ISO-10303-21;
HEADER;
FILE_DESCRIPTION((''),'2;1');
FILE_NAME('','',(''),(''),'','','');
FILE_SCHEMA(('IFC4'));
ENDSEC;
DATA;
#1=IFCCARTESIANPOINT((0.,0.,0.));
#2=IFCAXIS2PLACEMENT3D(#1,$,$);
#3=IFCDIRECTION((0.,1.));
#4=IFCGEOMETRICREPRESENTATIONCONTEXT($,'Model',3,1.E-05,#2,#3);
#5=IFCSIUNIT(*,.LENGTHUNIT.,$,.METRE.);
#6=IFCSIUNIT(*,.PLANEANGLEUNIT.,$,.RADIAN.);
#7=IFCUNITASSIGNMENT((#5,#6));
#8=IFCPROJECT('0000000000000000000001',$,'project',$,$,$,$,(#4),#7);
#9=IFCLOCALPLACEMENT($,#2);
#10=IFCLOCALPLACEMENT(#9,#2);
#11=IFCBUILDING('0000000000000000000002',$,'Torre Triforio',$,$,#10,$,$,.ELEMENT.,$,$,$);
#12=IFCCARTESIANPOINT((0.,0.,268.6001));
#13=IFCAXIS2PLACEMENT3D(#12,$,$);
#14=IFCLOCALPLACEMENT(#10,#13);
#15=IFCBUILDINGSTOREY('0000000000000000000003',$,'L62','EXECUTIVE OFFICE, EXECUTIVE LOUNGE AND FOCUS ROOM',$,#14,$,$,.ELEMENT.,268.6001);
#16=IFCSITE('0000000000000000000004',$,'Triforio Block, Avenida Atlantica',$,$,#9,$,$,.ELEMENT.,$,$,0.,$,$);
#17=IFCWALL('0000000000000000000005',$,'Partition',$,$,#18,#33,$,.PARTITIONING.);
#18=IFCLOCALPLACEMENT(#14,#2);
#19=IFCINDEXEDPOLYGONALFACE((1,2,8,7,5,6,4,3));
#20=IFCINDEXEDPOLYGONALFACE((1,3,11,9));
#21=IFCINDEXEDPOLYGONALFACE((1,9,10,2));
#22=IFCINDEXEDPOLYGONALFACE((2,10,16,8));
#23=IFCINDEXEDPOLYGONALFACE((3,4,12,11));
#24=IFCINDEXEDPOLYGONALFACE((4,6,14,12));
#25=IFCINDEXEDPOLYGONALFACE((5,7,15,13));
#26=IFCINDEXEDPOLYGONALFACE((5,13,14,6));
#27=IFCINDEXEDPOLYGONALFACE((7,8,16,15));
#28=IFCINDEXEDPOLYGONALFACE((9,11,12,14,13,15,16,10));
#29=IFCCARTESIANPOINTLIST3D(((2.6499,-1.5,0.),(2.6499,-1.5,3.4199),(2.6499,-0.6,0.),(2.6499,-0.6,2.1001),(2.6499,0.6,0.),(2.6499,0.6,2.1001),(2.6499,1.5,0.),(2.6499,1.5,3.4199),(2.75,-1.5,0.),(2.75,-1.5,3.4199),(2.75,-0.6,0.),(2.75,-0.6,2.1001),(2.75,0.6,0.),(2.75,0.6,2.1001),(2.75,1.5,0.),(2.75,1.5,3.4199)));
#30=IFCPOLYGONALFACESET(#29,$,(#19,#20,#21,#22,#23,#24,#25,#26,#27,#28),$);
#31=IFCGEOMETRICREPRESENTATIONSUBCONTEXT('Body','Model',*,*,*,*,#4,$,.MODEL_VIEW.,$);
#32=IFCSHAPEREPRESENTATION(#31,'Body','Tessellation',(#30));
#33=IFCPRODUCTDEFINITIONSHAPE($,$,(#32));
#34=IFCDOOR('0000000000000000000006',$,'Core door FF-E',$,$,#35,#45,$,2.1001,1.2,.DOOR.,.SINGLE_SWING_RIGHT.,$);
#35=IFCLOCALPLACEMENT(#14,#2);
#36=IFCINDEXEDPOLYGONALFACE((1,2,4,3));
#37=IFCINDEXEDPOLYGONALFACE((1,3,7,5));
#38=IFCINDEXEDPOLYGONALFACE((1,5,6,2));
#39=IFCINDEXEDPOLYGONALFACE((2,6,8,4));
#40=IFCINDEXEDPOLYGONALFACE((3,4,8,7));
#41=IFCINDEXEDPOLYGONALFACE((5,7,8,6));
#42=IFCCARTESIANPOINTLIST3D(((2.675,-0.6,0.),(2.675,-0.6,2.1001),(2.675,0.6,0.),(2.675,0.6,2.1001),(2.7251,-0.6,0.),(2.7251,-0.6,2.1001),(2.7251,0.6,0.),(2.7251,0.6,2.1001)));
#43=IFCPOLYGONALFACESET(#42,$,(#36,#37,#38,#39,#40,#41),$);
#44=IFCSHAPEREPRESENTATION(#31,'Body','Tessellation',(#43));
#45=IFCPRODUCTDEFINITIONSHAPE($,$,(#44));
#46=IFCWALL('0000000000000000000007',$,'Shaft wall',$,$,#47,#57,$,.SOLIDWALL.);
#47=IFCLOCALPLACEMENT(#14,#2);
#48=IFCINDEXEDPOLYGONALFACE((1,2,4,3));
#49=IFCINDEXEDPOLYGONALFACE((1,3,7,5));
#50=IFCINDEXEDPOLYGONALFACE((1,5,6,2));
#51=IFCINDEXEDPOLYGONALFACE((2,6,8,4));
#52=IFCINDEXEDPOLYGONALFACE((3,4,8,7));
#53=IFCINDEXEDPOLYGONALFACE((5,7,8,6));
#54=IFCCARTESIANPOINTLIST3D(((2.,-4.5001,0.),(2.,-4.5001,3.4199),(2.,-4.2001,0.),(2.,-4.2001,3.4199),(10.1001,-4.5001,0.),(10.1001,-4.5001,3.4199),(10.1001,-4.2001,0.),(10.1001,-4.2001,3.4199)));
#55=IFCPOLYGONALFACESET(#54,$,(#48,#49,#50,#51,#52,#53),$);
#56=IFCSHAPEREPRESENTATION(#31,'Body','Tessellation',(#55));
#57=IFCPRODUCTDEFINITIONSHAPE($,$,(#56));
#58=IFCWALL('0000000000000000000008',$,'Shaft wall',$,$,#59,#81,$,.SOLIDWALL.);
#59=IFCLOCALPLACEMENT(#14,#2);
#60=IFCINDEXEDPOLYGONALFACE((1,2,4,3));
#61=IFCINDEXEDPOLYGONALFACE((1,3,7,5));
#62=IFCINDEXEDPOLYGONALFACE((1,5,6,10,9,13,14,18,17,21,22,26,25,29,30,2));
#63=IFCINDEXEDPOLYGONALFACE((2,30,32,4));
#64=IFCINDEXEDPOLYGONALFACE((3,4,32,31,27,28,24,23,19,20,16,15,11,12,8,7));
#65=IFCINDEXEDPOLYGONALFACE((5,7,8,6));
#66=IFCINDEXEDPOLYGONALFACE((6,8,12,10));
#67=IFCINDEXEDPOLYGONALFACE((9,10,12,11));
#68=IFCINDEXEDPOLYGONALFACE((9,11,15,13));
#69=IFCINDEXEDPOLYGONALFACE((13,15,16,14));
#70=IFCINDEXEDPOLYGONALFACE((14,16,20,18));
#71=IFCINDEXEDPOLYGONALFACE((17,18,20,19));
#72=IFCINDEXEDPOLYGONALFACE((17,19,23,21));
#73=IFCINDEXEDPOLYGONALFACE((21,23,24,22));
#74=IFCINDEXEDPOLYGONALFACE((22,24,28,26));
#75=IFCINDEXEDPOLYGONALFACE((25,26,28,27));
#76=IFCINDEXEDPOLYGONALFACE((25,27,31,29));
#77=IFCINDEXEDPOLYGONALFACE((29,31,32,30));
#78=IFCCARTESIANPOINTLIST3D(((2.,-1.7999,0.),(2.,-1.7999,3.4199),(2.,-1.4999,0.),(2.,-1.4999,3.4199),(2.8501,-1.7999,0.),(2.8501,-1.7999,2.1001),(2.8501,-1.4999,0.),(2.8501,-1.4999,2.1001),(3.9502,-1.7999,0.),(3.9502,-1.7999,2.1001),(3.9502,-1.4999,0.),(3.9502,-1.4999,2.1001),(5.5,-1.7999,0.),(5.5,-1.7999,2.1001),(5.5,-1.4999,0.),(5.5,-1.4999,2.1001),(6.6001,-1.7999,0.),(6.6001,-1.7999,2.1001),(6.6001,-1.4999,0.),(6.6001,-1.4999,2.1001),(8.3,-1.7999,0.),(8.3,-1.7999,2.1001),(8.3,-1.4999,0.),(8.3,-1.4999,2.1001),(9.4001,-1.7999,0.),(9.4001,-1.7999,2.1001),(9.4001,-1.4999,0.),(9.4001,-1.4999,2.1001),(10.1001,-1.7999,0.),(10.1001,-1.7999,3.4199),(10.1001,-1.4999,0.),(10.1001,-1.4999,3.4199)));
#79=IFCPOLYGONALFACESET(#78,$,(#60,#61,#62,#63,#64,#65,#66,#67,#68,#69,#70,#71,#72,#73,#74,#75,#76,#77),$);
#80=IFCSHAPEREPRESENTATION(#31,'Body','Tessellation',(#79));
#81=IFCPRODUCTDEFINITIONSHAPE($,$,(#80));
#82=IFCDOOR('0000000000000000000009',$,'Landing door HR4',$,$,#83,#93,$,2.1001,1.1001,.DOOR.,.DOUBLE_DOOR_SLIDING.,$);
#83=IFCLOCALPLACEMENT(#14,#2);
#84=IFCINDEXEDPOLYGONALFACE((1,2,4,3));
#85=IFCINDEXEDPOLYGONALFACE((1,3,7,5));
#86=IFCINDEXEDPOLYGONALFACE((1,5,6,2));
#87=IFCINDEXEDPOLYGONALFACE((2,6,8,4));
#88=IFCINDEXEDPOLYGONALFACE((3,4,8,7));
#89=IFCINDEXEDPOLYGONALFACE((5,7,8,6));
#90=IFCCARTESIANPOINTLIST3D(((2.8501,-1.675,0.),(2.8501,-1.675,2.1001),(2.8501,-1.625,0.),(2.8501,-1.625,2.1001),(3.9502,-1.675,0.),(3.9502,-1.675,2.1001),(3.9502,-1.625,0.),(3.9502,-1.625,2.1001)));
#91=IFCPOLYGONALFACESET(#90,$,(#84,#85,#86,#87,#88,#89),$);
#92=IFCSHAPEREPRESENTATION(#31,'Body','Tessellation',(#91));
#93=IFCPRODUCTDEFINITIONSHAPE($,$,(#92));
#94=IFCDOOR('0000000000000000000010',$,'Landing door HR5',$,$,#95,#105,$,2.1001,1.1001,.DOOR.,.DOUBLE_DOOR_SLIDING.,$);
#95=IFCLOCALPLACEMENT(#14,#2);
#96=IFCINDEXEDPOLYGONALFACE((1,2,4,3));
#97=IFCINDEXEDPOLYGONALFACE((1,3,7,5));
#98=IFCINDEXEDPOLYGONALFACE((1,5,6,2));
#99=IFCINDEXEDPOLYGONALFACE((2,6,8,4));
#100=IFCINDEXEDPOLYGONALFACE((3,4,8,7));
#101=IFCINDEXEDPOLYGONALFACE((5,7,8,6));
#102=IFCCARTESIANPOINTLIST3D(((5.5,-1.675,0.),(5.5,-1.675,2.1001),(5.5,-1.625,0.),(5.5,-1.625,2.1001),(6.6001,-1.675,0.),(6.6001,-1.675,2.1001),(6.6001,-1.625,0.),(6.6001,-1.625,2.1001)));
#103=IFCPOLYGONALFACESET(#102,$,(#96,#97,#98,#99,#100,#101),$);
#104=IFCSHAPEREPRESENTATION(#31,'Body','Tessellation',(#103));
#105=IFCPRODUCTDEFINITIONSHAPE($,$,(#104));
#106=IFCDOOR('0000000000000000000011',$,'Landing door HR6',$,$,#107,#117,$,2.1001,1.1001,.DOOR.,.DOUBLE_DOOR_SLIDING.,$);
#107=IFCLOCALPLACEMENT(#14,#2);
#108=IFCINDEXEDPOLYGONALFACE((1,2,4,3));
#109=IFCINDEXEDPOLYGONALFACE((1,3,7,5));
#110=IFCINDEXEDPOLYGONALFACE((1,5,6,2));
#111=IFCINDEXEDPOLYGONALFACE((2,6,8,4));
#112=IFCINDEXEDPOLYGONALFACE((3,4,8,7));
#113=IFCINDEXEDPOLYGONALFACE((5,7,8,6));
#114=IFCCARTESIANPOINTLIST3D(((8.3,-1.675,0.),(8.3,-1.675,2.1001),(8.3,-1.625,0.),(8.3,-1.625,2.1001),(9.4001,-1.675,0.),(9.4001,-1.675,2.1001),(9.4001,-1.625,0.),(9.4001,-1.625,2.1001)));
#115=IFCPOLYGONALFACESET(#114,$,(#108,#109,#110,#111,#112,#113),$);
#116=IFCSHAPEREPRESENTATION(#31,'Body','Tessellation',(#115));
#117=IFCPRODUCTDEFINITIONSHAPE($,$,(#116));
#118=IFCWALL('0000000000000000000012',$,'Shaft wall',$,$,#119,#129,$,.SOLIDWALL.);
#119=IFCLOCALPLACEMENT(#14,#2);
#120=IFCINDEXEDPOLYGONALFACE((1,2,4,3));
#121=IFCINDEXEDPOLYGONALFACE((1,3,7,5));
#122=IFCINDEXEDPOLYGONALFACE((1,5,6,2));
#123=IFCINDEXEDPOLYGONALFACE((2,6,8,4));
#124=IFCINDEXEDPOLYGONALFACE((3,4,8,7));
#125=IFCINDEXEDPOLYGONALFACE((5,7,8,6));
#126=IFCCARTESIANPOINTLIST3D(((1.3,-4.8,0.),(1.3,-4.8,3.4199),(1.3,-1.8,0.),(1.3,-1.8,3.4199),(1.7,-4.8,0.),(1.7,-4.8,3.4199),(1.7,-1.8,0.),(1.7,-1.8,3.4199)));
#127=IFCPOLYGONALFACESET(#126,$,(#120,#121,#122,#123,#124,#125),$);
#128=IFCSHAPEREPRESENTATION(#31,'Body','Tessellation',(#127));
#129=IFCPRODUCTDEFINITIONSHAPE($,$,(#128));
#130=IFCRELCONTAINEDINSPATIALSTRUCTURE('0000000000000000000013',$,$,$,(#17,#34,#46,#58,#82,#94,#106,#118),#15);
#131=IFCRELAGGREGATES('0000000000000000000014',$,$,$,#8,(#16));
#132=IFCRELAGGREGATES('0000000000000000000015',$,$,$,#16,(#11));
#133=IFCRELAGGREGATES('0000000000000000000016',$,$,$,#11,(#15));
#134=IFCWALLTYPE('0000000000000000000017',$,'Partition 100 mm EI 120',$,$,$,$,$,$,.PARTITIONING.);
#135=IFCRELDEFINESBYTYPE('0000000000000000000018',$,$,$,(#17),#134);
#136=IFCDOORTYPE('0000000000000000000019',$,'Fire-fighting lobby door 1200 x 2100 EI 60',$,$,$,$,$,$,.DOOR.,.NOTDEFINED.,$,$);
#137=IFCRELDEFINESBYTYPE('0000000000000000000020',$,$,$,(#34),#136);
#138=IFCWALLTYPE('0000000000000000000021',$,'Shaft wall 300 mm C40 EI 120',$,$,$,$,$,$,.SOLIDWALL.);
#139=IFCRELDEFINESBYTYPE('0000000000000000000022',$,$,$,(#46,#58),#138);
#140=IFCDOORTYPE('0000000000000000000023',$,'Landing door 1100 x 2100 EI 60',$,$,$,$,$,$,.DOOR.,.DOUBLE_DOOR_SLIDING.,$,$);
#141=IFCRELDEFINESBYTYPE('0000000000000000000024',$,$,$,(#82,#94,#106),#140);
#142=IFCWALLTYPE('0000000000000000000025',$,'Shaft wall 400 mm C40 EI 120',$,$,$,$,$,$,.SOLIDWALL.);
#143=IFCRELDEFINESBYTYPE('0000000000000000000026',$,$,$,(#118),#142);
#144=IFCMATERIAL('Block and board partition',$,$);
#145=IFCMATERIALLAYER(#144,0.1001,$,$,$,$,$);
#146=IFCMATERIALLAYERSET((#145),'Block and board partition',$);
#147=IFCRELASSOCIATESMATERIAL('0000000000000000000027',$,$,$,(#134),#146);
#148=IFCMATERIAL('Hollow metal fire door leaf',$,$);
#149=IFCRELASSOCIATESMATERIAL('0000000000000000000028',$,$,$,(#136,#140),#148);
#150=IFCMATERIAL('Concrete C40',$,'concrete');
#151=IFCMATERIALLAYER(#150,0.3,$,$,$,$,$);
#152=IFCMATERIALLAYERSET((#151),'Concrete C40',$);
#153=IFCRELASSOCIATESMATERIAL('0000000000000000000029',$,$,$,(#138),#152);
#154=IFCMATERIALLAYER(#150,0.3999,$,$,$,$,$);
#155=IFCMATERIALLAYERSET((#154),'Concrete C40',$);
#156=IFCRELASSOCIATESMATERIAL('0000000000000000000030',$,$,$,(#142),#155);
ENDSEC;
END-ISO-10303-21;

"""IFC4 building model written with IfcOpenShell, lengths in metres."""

from ifc_helpers import new_model, si_unit, direction, frame, frame_2d, origin, place, context, subcontext, project, spatial, rectangle, extrude, material, layer, layer_set, type_object, element, fill, save


model = new_model("IFC4")

# Units and contexts
model_context = context("Model", 3, precision=1e-05, world=origin(), true_north=direction((0.0, 1.0)))
body_context = subcontext(model_context, "Body", "Model", "MODEL_VIEW")
ifc_project = project(units=[si_unit("LENGTHUNIT", "METRE"), si_unit("PLANEANGLEUNIT", "RADIAN")], contexts=[model_context])

# Site, building, storey
site_placement = place(None, origin())
site = spatial("IfcSite", under=ifc_project, at=site_placement, Name="Triforio Block, Avenida Atlantica", CompositionType="ELEMENT", RefElevation=0.0)
building_placement = place(site_placement, origin())
building = spatial("IfcBuilding", under=site, at=building_placement, Name="Torre Triforio", CompositionType="ELEMENT")
storey_placement = place(building_placement, frame((0.0, 0.0, 268.6001)))
storey = spatial("IfcBuildingStorey", under=building, at=storey_placement, Name="L62", Description="EXECUTIVE OFFICE, EXECUTIVE LOUNGE AND FOCUS ROOM", CompositionType="ELEMENT", Elevation=268.6001)

# Shared definitions
ifc_material_1 = material(Name="Concrete C40", Category="concrete")

# Wall, opening, door
ifc_material_2 = material(Name="Block and board partition")
ifc_layer_1 = layer(ifc_material_2, 0.1001)
ifc_layer_set_1 = layer_set([ifc_layer_1], Name="Block and board partition")
wall_type_1 = type_object("IfcWallType", Name="Partition 100 mm EI 120", PredefinedType="PARTITIONING", material=ifc_layer_set_1)
wall_1_placement = place(storey_placement, frame((2.7, -1.5, 0.0), z_axis=(0.0, 0.0, 1.0), x_axis=(0.0, 1.0, 0.0)))
wall_1 = element("IfcWall", 1, at=wall_1_placement, inside=storey, type_object=wall_type_1, Name="Partition", PredefinedType="PARTITIONING", context=body_context, shape_type="SweptSolid", body=[
    extrude(rectangle(XDim=3.0, YDim=0.1001, at=frame_2d((1.5, 0.0))), origin(), (0.0, 0.0, 1.0), 3.4199),
])
opening_1_placement = place(wall_1_placement, frame((0.8999, 0.0, 0.0)))
opening_1 = element("IfcOpeningElement", 2, at=opening_1_placement, cuts=wall_1, PredefinedType="OPENING", context=body_context, shape_type="SweptSolid", body=[
    extrude(rectangle(XDim=1.2, YDim=2.1001, at=frame_2d((0.6001, 1.05))), frame((0.0, 0.0601, 0.0), z_axis=(0.0, -1.0, 0.0), x_axis=(1.0, 0.0, 0.0)), (0.0, 0.0, 1.0), 0.1201),
])
ifc_material_3 = material(Name="Hollow metal fire door leaf")
door_type_1 = type_object("IfcDoorType", Name="Fire-fighting lobby door 1200 x 2100 EI 60", OperationType="NOTDEFINED", PredefinedType="DOOR", material=ifc_material_3)
door_1_placement = place(opening_1_placement, origin())
door_1 = element("IfcDoor", 3, at=door_1_placement, inside=storey, type_object=door_type_1, Name="Core door FF-E", OperationType="SINGLE_SWING_RIGHT", OverallHeight=2.1001, OverallWidth=1.2, PredefinedType="DOOR", context=body_context, shape_type="SweptSolid", body=[
    extrude(rectangle(XDim=1.2, YDim=2.1001, at=frame_2d((0.6001, 1.05))), frame((0.0, 0.0249, 0.0), z_axis=(0.0, -1.0, 0.0), x_axis=(1.0, 0.0, 0.0)), (0.0, 0.0, 1.0), 0.05),
])
fill(opening_1, door_1)

# Wall
ifc_layer_2 = layer(ifc_material_1, 0.3)
ifc_layer_set_2 = layer_set([ifc_layer_2], Name="Concrete C40")
wall_type_2 = type_object("IfcWallType", Name="Shaft wall 300 mm C40 EI 120", PredefinedType="SOLIDWALL", material=ifc_layer_set_2)
wall_2_placement = place(storey_placement, frame((2.0, -4.3501, 0.0), z_axis=(0.0, 0.0, 1.0), x_axis=(1.0, 0.0, 0.0)))
element("IfcWall", 4, at=wall_2_placement, inside=storey, type_object=wall_type_2, Name="Shaft wall", PredefinedType="SOLIDWALL", context=body_context, shape_type="SweptSolid", body=[
    extrude(rectangle(XDim=8.1001, YDim=0.3, at=frame_2d((4.05, 0.0))), origin(), (0.0, 0.0, 1.0), 3.4199),
])

# Wall, openings, doors
wall_3_placement = place(storey_placement, frame((2.0, -1.6499, 0.0), z_axis=(0.0, 0.0, 1.0), x_axis=(1.0, 0.0, 0.0)))
wall_3 = element("IfcWall", 5, at=wall_3_placement, inside=storey, type_object=wall_type_2, Name="Shaft wall", PredefinedType="SOLIDWALL", context=body_context, shape_type="SweptSolid", body=[
    extrude(rectangle(XDim=8.1001, YDim=0.3, at=frame_2d((4.05, 0.0))), origin(), (0.0, 0.0, 1.0), 3.4199),
])
opening_2_placement = place(wall_3_placement, frame((0.8501, 0.0, 0.0)))
opening_2 = element("IfcOpeningElement", 6, at=opening_2_placement, cuts=wall_3, PredefinedType="OPENING", context=body_context, shape_type="SweptSolid", body=[
    extrude(rectangle(XDim=1.1001, YDim=2.1001, at=frame_2d((0.55, 1.05))), frame((0.0, 0.1599, 0.0), z_axis=(0.0, -1.0, 0.0), x_axis=(1.0, 0.0, 0.0)), (0.0, 0.0, 1.0), 0.3201),
])
opening_3_placement = place(wall_3_placement, frame((3.5, 0.0, 0.0)))
opening_3 = element("IfcOpeningElement", 7, at=opening_3_placement, cuts=wall_3, PredefinedType="OPENING", context=body_context, shape_type="SweptSolid", body=[
    extrude(rectangle(XDim=1.1001, YDim=2.1001, at=frame_2d((0.55, 1.05))), frame((0.0, 0.1599, 0.0), z_axis=(0.0, -1.0, 0.0), x_axis=(1.0, 0.0, 0.0)), (0.0, 0.0, 1.0), 0.3201),
])
opening_4_placement = place(wall_3_placement, frame((6.3, 0.0, 0.0)))
opening_4 = element("IfcOpeningElement", 8, at=opening_4_placement, cuts=wall_3, PredefinedType="OPENING", context=body_context, shape_type="SweptSolid", body=[
    extrude(rectangle(XDim=1.1001, YDim=2.1001, at=frame_2d((0.55, 1.05))), frame((0.0, 0.1599, 0.0), z_axis=(0.0, -1.0, 0.0), x_axis=(1.0, 0.0, 0.0)), (0.0, 0.0, 1.0), 0.3201),
])
door_type_2 = type_object("IfcDoorType", Name="Landing door 1100 x 2100 EI 60", OperationType="DOUBLE_DOOR_SLIDING", PredefinedType="DOOR", material=ifc_material_3)
door_2_placement = place(opening_2_placement, origin())
door_2 = element("IfcDoor", 9, at=door_2_placement, inside=storey, type_object=door_type_2, Name="Landing door HR4", OperationType="DOUBLE_DOOR_SLIDING", OverallHeight=2.1001, OverallWidth=1.1001, PredefinedType="DOOR", context=body_context, shape_type="SweptSolid", body=[
    extrude(rectangle(XDim=1.1001, YDim=2.1001, at=frame_2d((0.55, 1.05))), frame((0.0, 0.0249, 0.0), z_axis=(0.0, -1.0, 0.0), x_axis=(1.0, 0.0, 0.0)), (0.0, 0.0, 1.0), 0.05),
])
fill(opening_2, door_2)
door_3_placement = place(opening_3_placement, origin())
door_3 = element("IfcDoor", 10, at=door_3_placement, inside=storey, type_object=door_type_2, Name="Landing door HR5", OperationType="DOUBLE_DOOR_SLIDING", OverallHeight=2.1001, OverallWidth=1.1001, PredefinedType="DOOR", context=body_context, shape_type="SweptSolid", body=[
    extrude(rectangle(XDim=1.1001, YDim=2.1001, at=frame_2d((0.55, 1.05))), frame((0.0, 0.0249, 0.0), z_axis=(0.0, -1.0, 0.0), x_axis=(1.0, 0.0, 0.0)), (0.0, 0.0, 1.0), 0.05),
])
fill(opening_3, door_3)
door_4_placement = place(opening_4_placement, origin())
door_4 = element("IfcDoor", 11, at=door_4_placement, inside=storey, type_object=door_type_2, Name="Landing door HR6", OperationType="DOUBLE_DOOR_SLIDING", OverallHeight=2.1001, OverallWidth=1.1001, PredefinedType="DOOR", context=body_context, shape_type="SweptSolid", body=[
    extrude(rectangle(XDim=1.1001, YDim=2.1001, at=frame_2d((0.55, 1.05))), frame((0.0, 0.0249, 0.0), z_axis=(0.0, -1.0, 0.0), x_axis=(1.0, 0.0, 0.0)), (0.0, 0.0, 1.0), 0.05),
])
fill(opening_4, door_4)

# Wall
ifc_layer_3 = layer(ifc_material_1, 0.3999)
ifc_layer_set_3 = layer_set([ifc_layer_3], Name="Concrete C40")
wall_type_3 = type_object("IfcWallType", Name="Shaft wall 400 mm C40 EI 120", PredefinedType="SOLIDWALL", material=ifc_layer_set_3)
wall_4_placement = place(storey_placement, frame((1.5, -4.8, 0.0), z_axis=(0.0, 0.0, 1.0), x_axis=(0.0, 1.0, 0.0)))
element("IfcWall", 12, at=wall_4_placement, inside=storey, type_object=wall_type_3, Name="Shaft wall", PredefinedType="SOLIDWALL", context=body_context, shape_type="SweptSolid", body=[
    extrude(rectangle(XDim=3.0, YDim=0.3999, at=frame_2d((1.5, 0.0))), origin(), (0.0, 0.0, 1.0), 3.4199),
])

save(model, "model.ifc")
